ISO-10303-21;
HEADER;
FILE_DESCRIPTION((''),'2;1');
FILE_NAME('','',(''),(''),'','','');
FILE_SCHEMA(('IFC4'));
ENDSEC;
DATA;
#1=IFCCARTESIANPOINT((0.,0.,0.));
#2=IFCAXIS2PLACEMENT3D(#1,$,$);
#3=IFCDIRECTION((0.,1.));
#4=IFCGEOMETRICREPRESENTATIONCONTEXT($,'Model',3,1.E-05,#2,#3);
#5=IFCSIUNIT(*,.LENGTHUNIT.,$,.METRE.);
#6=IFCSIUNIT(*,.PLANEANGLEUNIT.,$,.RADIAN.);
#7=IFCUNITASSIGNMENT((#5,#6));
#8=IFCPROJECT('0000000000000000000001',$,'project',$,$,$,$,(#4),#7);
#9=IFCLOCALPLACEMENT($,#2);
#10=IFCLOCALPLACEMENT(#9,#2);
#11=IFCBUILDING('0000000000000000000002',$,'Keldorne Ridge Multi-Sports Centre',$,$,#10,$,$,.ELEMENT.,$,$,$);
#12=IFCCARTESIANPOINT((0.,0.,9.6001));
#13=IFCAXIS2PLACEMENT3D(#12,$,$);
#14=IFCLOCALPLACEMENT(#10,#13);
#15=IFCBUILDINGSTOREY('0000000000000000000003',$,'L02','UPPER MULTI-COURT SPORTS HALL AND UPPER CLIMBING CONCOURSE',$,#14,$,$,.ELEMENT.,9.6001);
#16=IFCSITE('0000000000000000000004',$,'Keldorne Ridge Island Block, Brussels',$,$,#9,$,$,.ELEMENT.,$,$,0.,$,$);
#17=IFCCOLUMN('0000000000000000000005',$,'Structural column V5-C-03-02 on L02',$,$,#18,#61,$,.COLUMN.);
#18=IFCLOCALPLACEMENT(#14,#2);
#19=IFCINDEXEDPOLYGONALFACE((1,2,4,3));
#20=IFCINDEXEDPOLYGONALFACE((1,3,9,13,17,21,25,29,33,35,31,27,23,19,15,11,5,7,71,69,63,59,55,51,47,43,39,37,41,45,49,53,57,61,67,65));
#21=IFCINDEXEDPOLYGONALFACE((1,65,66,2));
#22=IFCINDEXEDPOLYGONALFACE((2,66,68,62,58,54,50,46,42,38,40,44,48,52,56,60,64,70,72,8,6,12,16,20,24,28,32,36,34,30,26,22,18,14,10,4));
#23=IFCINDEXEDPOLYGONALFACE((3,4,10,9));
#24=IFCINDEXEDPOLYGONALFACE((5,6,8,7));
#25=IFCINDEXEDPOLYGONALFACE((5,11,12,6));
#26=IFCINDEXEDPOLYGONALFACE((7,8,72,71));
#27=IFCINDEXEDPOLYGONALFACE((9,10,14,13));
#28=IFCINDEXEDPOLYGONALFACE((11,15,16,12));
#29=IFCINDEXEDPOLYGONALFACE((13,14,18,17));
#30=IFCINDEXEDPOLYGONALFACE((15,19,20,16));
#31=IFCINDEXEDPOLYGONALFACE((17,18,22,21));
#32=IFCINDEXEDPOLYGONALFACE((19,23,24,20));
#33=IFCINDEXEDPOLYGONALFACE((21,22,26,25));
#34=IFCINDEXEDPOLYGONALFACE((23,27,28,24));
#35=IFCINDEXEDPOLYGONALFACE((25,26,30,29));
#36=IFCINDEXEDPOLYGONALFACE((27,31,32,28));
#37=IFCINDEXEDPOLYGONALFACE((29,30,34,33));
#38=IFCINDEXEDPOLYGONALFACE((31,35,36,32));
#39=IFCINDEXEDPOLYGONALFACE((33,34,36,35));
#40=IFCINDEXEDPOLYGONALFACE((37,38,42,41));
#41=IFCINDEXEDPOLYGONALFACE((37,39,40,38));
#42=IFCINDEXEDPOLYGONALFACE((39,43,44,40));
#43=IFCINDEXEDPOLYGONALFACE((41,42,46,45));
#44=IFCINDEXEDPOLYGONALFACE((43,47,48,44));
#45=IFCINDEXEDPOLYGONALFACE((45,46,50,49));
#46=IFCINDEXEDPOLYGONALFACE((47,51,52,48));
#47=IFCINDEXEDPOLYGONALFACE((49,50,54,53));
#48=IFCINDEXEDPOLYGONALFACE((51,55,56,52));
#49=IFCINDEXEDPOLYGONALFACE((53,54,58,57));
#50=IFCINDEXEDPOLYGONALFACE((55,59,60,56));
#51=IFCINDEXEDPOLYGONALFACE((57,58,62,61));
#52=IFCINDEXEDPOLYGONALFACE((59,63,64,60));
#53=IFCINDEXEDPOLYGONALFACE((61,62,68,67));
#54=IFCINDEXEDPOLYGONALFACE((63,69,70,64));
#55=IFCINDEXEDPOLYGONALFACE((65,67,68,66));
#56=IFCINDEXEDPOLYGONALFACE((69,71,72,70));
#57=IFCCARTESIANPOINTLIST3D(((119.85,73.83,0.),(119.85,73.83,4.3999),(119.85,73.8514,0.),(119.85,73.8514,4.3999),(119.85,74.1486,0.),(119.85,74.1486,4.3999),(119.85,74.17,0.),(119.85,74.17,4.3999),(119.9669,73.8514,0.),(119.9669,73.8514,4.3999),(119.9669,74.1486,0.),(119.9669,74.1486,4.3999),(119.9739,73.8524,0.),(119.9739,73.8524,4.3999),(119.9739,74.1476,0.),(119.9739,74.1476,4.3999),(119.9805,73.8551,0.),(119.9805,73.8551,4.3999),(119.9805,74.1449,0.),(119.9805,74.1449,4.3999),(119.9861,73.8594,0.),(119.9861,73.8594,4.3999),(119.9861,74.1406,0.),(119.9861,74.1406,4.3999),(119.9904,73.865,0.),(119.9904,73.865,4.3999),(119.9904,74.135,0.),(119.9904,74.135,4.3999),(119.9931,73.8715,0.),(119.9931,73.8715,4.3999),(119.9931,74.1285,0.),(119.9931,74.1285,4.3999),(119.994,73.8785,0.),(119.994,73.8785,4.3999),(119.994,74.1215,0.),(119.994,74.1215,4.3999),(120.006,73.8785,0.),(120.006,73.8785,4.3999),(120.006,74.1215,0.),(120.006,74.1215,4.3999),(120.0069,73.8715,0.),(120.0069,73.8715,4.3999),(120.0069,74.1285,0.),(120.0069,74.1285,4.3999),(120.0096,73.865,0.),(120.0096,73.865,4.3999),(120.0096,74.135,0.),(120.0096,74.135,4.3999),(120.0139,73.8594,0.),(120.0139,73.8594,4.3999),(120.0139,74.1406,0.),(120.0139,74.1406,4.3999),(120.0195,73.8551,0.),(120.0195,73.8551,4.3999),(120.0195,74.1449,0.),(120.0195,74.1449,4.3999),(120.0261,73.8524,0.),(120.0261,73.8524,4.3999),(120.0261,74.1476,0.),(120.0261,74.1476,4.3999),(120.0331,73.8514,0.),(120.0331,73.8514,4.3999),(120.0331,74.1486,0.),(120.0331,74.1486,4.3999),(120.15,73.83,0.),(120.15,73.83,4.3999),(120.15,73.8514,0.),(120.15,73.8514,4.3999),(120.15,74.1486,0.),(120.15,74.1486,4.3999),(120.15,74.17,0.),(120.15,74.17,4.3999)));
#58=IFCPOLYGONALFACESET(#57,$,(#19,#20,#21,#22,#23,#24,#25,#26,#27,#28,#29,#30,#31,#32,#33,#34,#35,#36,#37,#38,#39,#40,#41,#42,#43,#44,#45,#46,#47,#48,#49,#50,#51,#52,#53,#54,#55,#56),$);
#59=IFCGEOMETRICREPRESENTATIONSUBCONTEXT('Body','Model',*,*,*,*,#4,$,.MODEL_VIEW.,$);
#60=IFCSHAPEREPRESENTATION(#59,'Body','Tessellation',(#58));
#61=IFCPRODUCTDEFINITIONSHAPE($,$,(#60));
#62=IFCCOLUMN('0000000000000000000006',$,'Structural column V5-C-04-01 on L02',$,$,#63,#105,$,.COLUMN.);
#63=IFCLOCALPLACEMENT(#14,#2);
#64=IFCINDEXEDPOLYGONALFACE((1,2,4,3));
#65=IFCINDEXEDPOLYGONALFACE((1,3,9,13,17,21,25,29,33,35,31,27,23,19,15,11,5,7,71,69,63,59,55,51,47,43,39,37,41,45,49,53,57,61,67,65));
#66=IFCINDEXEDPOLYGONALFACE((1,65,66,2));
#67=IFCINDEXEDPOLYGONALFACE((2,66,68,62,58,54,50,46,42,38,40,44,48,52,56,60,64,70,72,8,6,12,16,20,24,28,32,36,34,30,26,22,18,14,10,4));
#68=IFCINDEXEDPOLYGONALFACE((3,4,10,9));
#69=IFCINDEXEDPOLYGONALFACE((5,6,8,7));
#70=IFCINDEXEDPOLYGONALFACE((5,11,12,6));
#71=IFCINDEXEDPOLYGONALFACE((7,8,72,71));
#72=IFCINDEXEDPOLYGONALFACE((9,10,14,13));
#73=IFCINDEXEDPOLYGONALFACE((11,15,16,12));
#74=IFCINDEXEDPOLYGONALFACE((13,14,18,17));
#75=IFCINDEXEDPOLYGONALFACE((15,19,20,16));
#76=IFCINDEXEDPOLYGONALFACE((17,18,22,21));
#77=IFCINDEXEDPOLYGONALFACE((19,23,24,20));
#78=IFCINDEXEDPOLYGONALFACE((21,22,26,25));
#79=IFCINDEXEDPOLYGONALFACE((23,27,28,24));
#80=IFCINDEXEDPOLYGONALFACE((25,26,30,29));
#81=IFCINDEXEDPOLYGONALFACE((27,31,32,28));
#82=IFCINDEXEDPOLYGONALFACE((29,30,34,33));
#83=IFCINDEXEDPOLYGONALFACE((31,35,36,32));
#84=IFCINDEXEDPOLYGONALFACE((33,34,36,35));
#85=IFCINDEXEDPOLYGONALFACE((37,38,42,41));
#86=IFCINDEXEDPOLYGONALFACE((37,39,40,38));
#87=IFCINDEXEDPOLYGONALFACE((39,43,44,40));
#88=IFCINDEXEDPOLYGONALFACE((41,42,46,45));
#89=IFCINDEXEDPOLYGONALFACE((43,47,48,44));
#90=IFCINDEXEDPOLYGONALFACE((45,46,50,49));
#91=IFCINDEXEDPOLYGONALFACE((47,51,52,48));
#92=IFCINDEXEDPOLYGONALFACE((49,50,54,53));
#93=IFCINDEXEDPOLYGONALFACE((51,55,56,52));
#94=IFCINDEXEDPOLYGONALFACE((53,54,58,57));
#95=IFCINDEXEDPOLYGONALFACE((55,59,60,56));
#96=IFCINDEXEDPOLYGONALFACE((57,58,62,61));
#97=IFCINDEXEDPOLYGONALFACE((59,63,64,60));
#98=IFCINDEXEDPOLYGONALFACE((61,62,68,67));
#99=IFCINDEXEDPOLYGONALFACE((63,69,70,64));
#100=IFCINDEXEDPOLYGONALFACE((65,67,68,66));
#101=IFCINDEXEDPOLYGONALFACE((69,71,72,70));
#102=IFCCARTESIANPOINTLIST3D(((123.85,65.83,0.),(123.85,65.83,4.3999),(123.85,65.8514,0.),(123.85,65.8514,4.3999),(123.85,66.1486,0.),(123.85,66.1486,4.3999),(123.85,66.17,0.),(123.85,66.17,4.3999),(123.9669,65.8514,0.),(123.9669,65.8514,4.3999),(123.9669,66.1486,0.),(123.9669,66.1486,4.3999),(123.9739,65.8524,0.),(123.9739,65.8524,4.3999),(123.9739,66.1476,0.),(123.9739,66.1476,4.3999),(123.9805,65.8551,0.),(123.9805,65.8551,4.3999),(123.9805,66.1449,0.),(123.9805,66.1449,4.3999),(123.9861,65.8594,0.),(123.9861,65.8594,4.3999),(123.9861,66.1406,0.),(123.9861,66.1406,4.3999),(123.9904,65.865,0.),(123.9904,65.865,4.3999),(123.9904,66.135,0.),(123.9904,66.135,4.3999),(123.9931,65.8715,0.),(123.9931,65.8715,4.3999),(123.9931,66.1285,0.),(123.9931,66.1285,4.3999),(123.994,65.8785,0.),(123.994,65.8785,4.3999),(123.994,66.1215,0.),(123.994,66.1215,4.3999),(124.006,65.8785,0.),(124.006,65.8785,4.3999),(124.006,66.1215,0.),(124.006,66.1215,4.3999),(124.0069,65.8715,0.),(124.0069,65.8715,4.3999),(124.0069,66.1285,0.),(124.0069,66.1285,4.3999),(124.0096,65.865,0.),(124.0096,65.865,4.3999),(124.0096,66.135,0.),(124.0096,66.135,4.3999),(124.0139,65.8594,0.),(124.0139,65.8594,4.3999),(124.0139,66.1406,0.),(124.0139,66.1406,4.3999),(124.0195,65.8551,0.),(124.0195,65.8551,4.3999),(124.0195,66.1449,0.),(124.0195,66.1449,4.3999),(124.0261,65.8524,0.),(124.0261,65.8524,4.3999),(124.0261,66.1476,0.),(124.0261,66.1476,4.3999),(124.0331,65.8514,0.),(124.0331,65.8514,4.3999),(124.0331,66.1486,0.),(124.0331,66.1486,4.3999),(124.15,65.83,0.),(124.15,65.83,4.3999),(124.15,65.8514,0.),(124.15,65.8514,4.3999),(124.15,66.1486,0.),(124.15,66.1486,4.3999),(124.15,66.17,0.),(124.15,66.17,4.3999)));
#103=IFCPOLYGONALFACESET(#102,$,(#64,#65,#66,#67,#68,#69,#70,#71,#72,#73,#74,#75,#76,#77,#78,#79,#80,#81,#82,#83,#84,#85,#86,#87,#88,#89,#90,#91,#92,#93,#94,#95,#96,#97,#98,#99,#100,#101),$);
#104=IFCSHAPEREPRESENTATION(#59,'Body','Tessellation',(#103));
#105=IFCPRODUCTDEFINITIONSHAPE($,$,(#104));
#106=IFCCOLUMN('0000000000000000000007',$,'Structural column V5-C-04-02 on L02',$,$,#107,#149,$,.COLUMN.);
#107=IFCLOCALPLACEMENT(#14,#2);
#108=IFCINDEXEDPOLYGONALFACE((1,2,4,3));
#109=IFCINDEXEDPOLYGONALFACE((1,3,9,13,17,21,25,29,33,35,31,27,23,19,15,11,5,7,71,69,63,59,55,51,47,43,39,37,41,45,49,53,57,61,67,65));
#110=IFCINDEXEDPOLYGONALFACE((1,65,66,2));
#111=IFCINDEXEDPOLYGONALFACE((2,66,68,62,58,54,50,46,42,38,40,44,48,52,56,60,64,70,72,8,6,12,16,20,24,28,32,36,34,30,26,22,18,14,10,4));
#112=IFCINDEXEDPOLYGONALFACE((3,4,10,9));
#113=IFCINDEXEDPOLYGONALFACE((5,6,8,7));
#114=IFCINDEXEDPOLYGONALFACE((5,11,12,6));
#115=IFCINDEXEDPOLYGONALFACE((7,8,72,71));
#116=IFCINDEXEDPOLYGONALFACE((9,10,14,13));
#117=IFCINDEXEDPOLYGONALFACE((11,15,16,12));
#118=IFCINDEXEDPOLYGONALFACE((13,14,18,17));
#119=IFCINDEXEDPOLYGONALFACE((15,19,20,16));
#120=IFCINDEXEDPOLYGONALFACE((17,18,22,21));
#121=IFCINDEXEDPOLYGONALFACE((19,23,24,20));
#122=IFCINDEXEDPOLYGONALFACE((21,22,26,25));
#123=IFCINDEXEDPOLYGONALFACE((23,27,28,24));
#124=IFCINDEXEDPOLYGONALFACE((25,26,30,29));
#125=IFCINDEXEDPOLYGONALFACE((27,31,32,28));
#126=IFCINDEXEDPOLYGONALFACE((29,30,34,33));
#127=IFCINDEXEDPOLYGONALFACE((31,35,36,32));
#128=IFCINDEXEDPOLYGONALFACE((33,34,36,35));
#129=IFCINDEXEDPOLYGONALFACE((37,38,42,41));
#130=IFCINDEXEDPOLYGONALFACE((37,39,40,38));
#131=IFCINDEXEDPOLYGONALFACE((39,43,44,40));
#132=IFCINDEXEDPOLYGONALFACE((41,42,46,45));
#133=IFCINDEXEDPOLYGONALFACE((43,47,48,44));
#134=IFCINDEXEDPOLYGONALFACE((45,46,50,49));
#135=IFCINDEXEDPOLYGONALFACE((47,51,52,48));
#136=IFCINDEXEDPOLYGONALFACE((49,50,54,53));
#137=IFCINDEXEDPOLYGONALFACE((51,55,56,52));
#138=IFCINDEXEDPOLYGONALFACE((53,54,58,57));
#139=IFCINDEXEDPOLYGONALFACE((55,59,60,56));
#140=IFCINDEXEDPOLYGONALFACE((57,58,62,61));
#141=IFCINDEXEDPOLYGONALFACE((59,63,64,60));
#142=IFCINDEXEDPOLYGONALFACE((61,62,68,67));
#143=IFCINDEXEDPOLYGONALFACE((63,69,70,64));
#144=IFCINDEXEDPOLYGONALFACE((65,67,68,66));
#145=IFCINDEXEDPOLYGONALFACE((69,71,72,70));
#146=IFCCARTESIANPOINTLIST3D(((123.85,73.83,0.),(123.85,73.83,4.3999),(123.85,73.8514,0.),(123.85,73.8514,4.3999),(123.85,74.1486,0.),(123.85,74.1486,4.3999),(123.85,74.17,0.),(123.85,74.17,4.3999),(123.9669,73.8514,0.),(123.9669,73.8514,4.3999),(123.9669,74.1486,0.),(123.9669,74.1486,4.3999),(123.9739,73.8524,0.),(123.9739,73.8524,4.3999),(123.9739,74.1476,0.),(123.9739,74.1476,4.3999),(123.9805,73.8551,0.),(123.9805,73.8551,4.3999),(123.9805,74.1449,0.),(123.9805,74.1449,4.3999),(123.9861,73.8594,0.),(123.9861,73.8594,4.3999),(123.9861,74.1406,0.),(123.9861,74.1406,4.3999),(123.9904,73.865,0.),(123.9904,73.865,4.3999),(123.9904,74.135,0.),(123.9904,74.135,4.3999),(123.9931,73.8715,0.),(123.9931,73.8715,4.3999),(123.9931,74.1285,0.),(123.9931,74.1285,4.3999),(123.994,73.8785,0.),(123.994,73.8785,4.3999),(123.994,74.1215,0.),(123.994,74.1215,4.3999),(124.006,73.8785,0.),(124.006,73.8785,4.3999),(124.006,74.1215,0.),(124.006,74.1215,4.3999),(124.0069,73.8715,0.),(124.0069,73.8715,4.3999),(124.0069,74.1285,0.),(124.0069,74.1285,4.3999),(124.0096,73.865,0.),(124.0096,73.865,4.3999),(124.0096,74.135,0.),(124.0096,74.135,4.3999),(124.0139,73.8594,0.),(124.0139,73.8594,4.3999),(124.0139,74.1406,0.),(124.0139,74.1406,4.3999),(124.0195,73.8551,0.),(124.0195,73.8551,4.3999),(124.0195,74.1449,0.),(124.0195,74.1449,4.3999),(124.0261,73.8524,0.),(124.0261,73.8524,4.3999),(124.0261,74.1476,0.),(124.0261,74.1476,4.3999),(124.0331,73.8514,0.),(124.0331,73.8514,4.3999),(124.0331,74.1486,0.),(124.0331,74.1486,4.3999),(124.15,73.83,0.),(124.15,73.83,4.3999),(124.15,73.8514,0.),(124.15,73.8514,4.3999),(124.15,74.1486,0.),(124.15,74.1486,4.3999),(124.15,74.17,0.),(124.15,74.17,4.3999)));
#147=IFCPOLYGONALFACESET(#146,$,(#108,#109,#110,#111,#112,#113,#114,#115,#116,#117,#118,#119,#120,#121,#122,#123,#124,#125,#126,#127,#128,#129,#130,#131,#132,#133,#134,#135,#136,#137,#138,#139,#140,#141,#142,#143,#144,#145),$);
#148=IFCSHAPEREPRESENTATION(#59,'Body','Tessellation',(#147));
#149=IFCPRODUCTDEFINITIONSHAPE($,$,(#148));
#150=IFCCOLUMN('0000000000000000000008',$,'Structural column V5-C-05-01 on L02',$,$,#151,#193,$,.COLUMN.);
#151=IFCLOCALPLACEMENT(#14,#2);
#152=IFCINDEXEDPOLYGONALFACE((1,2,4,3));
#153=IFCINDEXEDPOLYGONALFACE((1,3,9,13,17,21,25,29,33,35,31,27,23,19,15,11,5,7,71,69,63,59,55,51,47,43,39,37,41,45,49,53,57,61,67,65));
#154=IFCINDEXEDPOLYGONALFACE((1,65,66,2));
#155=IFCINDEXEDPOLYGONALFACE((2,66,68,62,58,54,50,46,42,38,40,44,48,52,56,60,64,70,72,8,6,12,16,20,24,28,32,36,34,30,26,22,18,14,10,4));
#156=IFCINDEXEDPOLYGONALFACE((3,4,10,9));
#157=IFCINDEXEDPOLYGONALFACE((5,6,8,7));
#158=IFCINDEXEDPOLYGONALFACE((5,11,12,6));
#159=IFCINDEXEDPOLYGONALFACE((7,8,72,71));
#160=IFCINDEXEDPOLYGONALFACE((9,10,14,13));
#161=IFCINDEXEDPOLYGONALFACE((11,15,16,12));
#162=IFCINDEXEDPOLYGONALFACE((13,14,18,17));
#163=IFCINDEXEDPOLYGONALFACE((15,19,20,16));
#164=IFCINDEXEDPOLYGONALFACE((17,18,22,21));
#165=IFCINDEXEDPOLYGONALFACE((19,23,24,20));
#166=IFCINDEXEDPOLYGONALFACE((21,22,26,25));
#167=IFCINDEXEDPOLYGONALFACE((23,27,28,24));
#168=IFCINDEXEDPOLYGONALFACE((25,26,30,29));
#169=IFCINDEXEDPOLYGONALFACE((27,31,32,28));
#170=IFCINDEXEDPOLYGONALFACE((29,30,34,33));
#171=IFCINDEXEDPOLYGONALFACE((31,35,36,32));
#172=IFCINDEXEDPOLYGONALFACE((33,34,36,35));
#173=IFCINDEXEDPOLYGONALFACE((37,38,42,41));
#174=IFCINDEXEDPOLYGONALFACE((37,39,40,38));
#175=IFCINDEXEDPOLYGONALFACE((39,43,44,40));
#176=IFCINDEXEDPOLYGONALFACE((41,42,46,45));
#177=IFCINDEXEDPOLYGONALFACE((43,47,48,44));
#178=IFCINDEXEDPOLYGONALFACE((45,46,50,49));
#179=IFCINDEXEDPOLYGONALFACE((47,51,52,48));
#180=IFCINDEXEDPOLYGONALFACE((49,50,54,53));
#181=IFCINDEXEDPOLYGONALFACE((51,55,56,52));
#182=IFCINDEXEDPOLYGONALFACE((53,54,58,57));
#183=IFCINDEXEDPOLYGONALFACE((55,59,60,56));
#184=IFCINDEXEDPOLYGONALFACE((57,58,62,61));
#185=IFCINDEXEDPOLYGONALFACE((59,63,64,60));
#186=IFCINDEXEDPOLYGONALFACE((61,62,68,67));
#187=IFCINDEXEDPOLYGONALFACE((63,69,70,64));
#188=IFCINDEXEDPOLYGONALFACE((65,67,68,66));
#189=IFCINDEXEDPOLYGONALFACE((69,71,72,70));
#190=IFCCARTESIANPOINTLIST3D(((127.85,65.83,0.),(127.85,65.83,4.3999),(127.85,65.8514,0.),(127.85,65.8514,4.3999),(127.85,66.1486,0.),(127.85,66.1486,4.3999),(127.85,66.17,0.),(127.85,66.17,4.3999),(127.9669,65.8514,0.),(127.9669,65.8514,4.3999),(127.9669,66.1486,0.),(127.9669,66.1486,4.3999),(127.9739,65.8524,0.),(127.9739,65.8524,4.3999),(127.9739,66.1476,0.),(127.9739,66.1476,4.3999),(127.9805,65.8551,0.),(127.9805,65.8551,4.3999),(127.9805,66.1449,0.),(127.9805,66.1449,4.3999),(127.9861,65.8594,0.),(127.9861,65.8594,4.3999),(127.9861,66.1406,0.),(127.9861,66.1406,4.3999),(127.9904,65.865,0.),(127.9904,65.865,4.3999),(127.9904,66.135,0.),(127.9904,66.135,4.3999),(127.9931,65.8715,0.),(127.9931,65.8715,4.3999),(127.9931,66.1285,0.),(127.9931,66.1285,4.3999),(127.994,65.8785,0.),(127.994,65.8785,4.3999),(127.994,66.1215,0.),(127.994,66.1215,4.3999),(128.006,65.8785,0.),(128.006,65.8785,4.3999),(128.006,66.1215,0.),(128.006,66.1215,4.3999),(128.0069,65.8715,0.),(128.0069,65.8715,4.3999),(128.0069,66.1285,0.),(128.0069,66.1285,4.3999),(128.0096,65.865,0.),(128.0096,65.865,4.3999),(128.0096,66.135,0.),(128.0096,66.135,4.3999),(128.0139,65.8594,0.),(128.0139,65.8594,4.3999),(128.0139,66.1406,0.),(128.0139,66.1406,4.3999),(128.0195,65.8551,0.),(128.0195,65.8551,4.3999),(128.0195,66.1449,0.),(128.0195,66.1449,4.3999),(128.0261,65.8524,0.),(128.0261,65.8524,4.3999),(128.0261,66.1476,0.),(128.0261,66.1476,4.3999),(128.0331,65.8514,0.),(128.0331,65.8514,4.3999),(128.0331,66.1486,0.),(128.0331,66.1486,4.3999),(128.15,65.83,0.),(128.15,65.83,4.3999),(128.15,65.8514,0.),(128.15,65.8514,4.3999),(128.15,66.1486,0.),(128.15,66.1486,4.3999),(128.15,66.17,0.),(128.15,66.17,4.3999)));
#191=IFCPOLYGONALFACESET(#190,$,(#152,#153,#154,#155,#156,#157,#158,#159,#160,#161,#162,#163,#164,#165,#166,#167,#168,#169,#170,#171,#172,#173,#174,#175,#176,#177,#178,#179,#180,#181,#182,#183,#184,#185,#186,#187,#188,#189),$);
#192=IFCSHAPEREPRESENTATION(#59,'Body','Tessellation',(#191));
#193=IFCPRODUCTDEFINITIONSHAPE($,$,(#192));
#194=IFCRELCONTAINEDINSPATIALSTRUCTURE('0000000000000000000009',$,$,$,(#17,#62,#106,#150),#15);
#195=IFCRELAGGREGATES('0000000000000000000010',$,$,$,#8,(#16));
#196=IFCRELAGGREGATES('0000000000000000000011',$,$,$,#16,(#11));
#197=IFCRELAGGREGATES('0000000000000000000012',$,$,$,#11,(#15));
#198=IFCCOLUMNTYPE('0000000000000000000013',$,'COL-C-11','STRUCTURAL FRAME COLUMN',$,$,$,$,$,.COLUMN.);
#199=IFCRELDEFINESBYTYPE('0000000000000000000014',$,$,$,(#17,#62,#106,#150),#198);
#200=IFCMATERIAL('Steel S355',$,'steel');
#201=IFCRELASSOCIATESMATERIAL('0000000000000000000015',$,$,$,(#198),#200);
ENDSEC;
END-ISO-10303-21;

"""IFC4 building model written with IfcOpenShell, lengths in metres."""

from ifc_helpers import new_model, si_unit, direction, frame, origin, origin_2d, place, context, subcontext, project, spatial, i_section, extrude, material, material_profile, profile_set, type_object, element, save


model = new_model("IFC4")

# Units and contexts
model_context = context("Model", 3, precision=1e-05, world=origin(), true_north=direction((0.0, 1.0)))
body_context = subcontext(model_context, "Body", "Model", "MODEL_VIEW")
ifc_project = project(units=[si_unit("LENGTHUNIT", "METRE"), si_unit("PLANEANGLEUNIT", "RADIAN")], contexts=[model_context])

# Site, building, storey
site_placement = place(None, origin())
site = spatial("IfcSite", under=ifc_project, at=site_placement, Name="Keldorne Ridge Island Block, Brussels", CompositionType="ELEMENT", RefElevation=0.0)
building_placement = place(site_placement, origin())
building = spatial("IfcBuilding", under=site, at=building_placement, Name="Keldorne Ridge Multi-Sports Centre", CompositionType="ELEMENT")
storey_placement = place(building_placement, frame((0.0, 0.0, 9.6001)))
storey = spatial("IfcBuildingStorey", under=building, at=storey_placement, Name="L02", Description="UPPER MULTI-COURT SPORTS HALL AND UPPER CLIMBING CONCOURSE", CompositionType="ELEMENT", Elevation=9.6001)

# Columns
ifc_material_1 = material(Name="Steel S355", Category="steel")
ifc_material_profile_1 = material_profile(ifc_material_1, i_section(OverallWidth=0.3, OverallDepth=0.3401, WebThickness=0.012, FlangeThickness=0.0215, FilletRadius=0.0271, at=origin_2d()), Name="HEB 340")
ifc_profile_set_1 = profile_set([ifc_material_profile_1], Name="Steel S355")
column_type = type_object("IfcColumnType", Name="COL-C-11", Description="STRUCTURAL FRAME COLUMN", PredefinedType="COLUMN", material=ifc_profile_set_1)
for number, where, z_axis, x_axis, name in (
    (1, (120.0, 74.0, 0.0), (0.0, 0.0, 1.0), (1.0, 0.0, 0.0), "Structural column V5-C-03-02 on L02"),
    (2, (124.0, 66.0, 0.0), (0.0, 0.0, 1.0), (1.0, 0.0, 0.0), "Structural column V5-C-04-01 on L02"),
    (3, (124.0, 74.0, 0.0), (0.0, 0.0, 1.0), (1.0, 0.0, 0.0), "Structural column V5-C-04-02 on L02"),
    (4, (128.0, 66.0, 0.0), (0.0, 0.0, 1.0), (1.0, 0.0, 0.0), "Structural column V5-C-05-01 on L02"),
):
    element("IfcColumn", number, at=place(storey_placement, frame(where, z_axis=z_axis, x_axis=x_axis)), inside=storey, type_object=column_type, Name=name, PredefinedType="COLUMN", context=body_context, shape_type="SweptSolid", body=[
        extrude(i_section(OverallWidth=0.3, OverallDepth=0.3401, WebThickness=0.012, FlangeThickness=0.0215, FilletRadius=0.0271, at=origin_2d()), origin(), (0.0, 0.0, 1.0), 4.3999),
    ])

save(model, "model.ifc")
